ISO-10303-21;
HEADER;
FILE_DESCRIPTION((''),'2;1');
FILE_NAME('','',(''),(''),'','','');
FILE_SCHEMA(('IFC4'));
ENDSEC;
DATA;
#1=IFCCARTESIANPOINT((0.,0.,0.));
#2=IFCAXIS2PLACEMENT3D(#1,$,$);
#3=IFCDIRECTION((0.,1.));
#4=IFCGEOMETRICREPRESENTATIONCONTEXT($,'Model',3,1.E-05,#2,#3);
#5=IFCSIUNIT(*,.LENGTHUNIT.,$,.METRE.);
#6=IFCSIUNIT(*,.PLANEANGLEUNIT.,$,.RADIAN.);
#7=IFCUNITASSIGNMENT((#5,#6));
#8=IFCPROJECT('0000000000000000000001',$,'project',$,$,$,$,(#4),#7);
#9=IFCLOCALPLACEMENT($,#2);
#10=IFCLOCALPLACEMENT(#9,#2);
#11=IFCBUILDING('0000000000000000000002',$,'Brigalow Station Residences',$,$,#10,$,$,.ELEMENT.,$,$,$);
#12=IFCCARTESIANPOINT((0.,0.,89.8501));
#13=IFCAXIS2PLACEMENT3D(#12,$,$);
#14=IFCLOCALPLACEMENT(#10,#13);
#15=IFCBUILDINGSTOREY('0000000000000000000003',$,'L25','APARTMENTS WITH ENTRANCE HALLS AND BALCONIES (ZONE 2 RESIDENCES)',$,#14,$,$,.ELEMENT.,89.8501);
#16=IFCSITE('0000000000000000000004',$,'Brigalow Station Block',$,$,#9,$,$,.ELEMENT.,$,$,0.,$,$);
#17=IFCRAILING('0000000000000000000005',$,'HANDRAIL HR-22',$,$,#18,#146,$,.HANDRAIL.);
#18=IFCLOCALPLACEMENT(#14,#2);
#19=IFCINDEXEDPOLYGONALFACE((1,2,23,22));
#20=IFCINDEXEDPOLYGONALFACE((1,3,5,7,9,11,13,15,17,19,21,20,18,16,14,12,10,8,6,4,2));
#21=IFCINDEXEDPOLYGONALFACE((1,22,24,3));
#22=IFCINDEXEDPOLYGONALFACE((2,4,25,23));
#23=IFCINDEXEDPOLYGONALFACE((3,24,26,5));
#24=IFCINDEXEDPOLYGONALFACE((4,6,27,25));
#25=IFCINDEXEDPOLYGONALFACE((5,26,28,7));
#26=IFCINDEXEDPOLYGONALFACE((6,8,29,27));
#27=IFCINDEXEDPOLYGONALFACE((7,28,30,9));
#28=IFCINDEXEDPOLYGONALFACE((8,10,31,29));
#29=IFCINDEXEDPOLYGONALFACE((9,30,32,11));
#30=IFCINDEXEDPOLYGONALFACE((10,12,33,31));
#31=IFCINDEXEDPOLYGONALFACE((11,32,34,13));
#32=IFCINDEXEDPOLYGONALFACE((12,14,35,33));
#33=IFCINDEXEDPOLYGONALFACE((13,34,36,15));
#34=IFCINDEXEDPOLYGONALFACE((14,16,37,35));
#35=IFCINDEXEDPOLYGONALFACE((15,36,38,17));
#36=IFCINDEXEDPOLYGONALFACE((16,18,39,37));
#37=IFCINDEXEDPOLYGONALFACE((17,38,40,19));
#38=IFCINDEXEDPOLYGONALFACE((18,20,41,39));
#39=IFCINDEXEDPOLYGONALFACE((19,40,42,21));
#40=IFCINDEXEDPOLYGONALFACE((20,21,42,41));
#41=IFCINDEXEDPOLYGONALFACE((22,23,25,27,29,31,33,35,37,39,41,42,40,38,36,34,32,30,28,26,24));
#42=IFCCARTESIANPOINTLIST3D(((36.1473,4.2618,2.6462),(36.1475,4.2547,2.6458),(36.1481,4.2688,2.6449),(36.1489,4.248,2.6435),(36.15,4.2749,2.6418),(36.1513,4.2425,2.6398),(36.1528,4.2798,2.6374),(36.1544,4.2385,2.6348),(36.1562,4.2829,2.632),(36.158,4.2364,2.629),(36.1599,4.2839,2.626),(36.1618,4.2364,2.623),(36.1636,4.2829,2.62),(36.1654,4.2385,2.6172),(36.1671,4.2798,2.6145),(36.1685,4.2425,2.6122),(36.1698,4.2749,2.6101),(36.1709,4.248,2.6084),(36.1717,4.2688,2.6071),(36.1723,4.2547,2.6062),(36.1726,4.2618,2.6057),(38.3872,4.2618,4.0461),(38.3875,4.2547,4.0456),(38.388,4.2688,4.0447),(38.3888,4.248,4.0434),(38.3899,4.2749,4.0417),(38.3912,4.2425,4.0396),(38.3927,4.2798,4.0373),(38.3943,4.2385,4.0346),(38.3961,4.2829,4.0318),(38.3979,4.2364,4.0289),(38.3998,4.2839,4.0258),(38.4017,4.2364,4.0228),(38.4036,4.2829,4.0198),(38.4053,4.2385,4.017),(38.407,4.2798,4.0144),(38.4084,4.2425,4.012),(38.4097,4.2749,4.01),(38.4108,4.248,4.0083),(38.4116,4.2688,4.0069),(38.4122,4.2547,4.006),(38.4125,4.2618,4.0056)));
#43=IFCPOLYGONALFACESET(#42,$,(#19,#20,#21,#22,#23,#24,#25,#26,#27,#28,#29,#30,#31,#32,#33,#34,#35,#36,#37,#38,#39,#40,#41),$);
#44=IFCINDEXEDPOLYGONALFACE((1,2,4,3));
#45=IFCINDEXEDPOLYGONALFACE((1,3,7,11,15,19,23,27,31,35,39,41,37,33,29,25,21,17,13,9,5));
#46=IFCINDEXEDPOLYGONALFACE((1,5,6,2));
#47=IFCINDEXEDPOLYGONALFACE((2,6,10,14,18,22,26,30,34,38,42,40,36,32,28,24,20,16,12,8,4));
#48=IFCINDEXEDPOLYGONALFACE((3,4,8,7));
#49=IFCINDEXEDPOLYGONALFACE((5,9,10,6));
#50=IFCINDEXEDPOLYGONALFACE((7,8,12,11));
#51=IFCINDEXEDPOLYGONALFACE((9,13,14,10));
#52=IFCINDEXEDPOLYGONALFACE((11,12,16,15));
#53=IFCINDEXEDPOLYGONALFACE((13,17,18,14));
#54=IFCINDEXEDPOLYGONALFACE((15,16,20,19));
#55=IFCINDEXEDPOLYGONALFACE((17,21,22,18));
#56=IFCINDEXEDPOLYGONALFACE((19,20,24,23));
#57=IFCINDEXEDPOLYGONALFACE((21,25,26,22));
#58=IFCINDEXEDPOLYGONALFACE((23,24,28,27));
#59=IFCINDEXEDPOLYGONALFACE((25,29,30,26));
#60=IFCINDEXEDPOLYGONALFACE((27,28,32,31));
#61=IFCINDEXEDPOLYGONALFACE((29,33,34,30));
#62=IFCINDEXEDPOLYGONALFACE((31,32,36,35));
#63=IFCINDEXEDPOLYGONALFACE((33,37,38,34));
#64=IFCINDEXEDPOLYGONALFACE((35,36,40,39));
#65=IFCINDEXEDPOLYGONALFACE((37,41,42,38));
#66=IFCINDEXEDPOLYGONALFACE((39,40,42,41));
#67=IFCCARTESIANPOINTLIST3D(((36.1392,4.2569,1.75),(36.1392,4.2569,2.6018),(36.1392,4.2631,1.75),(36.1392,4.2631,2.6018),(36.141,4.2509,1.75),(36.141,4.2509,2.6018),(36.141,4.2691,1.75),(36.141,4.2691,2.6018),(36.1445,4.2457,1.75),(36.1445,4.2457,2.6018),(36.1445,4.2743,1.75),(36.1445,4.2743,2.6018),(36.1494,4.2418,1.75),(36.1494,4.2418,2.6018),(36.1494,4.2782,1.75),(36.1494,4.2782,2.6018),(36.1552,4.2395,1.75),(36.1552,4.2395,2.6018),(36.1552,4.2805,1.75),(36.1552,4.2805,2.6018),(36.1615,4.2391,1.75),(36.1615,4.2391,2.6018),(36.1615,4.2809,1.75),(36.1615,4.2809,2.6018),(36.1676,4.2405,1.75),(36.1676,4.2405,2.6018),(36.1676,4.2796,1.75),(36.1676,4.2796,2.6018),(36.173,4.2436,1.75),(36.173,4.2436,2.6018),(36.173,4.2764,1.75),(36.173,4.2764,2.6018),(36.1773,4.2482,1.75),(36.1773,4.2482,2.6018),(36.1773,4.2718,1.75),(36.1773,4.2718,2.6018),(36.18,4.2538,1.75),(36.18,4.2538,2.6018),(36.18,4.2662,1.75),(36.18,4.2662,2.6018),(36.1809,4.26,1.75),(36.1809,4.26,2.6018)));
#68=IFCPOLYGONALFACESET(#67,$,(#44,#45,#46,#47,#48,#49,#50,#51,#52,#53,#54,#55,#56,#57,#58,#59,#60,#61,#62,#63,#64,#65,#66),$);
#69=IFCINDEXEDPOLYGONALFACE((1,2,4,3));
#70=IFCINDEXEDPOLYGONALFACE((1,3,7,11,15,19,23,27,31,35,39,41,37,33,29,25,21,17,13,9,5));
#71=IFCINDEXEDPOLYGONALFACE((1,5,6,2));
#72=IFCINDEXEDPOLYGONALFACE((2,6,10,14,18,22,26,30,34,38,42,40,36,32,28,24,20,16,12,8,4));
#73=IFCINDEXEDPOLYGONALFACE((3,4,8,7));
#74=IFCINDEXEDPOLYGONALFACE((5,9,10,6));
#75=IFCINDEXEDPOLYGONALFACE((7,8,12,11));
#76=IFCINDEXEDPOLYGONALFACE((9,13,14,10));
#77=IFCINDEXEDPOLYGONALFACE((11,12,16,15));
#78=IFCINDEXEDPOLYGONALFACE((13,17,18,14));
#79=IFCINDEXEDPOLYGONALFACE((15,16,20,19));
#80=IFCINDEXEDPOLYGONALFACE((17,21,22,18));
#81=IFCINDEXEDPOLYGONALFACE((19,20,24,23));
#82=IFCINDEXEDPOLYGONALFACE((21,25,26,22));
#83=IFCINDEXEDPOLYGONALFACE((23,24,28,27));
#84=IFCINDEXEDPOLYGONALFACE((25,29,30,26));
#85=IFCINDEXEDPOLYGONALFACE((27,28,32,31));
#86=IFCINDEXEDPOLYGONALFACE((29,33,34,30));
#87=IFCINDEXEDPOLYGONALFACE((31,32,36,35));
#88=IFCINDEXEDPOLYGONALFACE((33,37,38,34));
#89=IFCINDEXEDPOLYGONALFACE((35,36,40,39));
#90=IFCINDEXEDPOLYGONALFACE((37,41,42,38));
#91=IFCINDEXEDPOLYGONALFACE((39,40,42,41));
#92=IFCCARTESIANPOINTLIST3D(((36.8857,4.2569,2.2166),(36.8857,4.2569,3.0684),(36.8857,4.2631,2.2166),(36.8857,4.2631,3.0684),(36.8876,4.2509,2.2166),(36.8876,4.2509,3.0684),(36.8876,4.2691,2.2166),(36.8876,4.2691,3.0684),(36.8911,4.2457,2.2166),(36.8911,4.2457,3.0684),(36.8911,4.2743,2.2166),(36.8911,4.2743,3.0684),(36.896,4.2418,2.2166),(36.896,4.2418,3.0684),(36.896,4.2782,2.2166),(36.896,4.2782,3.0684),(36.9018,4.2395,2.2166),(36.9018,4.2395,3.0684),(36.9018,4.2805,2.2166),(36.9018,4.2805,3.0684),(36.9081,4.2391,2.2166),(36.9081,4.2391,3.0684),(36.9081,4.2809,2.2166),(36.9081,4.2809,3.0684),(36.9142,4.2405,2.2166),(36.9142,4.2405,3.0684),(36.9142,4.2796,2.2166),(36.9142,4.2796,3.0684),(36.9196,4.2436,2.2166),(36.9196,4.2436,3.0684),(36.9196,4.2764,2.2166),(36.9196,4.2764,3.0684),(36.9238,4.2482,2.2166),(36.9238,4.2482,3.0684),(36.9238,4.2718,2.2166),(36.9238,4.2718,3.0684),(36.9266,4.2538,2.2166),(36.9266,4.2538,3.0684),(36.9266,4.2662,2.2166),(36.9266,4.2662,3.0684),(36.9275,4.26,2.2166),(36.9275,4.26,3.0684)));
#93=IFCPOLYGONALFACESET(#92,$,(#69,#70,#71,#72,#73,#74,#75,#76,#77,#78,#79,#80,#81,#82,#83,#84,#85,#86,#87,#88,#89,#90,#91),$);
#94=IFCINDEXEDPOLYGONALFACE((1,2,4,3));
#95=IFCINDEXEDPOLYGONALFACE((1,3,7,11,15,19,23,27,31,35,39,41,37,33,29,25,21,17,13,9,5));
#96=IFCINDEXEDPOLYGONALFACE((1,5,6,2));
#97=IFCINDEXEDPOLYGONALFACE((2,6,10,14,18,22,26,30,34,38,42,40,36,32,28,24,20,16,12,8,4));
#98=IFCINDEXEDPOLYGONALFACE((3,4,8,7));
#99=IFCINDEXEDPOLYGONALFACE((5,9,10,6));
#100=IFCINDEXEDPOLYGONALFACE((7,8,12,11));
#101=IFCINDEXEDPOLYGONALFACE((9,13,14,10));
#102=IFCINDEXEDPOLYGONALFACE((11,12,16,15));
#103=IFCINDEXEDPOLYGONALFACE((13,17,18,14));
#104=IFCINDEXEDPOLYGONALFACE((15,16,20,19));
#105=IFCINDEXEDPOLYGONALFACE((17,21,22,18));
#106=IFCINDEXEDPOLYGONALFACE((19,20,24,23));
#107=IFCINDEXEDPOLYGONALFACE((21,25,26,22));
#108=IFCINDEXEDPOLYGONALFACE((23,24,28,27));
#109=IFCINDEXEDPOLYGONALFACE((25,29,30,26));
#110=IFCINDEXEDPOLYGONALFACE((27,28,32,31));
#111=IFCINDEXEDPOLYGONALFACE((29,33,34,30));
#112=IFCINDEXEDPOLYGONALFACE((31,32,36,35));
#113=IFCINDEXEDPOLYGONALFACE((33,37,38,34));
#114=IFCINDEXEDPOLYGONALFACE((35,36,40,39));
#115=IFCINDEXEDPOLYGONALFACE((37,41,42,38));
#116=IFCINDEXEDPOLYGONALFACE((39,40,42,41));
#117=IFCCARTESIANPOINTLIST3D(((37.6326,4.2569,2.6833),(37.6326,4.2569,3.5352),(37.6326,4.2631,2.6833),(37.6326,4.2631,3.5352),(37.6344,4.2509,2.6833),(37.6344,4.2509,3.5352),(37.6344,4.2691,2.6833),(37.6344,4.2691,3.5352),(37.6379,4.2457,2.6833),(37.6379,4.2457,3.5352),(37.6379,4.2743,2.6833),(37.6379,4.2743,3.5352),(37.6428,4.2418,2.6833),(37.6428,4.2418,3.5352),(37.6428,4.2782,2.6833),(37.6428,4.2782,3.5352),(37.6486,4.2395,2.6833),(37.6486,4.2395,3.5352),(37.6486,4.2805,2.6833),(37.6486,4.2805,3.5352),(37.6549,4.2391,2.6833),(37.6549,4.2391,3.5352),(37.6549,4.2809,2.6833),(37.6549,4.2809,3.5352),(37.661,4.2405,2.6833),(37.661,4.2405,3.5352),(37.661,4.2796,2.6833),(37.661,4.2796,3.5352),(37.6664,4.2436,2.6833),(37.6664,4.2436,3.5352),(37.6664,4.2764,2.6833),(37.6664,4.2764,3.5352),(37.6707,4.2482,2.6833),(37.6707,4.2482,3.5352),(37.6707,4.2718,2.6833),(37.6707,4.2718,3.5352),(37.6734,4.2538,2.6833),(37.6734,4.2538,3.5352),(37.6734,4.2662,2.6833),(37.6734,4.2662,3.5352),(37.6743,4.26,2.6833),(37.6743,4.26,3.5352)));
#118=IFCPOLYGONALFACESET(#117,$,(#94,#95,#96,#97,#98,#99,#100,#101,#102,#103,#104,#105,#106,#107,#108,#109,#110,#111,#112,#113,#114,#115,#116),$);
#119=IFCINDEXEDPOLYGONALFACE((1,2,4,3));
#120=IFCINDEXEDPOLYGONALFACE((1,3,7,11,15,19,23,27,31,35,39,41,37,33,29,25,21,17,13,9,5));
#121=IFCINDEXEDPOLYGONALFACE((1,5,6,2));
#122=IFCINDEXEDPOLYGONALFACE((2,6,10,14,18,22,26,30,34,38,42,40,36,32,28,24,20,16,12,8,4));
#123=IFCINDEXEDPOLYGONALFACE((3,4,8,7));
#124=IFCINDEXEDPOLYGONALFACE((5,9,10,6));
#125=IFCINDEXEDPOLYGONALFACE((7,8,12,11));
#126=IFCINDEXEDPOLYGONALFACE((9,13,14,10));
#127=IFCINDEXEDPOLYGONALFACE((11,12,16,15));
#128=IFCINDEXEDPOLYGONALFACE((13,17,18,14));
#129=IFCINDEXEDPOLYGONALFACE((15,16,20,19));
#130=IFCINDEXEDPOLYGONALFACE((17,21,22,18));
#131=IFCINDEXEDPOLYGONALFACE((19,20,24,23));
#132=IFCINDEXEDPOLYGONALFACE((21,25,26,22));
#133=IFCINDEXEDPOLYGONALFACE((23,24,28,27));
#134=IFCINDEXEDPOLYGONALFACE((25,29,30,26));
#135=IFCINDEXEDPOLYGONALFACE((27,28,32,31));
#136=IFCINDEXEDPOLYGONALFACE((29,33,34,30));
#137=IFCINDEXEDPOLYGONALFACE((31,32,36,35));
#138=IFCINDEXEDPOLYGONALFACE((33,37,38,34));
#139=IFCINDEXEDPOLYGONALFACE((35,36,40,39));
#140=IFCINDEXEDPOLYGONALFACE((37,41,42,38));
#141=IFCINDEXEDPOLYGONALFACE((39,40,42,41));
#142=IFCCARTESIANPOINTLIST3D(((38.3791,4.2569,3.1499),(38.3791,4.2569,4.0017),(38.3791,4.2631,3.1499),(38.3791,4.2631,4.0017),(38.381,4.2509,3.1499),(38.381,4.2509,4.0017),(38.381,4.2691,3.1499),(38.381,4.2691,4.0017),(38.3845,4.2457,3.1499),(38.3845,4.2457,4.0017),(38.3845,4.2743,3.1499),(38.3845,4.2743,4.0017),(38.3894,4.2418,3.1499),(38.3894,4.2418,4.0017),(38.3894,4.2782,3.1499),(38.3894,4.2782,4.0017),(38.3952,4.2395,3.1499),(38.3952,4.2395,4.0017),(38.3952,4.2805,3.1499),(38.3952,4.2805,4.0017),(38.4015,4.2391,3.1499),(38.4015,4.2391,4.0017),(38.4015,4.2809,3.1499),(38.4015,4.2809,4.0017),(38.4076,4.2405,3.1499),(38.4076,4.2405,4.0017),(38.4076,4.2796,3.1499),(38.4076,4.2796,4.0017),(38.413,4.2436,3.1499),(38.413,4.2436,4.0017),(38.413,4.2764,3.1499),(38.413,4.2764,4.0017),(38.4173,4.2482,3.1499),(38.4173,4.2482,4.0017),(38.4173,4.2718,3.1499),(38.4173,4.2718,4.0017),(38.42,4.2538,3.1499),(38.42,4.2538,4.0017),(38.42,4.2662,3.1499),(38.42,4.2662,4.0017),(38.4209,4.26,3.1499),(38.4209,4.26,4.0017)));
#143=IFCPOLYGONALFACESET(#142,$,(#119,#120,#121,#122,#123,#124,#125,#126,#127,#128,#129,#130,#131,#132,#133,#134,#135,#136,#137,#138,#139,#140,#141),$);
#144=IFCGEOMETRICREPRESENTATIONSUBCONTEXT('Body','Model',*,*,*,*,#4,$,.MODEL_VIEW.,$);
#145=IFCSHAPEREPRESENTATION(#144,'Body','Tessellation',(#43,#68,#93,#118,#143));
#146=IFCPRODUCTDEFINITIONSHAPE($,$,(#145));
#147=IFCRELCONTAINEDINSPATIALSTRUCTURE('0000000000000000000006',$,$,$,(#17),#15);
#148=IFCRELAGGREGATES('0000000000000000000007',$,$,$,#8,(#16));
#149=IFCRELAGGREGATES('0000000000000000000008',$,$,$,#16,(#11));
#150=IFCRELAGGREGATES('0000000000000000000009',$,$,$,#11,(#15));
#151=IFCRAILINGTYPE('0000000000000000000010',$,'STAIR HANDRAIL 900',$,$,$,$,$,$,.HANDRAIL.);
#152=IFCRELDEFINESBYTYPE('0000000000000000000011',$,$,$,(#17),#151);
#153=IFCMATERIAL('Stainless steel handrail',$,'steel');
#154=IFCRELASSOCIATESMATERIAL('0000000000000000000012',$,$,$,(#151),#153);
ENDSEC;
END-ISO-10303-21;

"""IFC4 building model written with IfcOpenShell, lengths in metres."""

from ifc_helpers import new_model, si_unit, direction, frame, origin, origin_2d, place, context, subcontext, project, spatial, circle, extrude, material, type_object, element, save


model = new_model("IFC4")

# Units and contexts
model_context = context("Model", 3, precision=1e-05, world=origin(), true_north=direction((0.0, 1.0)))
body_context = subcontext(model_context, "Body", "Model", "MODEL_VIEW")
ifc_project = project(units=[si_unit("LENGTHUNIT", "METRE"), si_unit("PLANEANGLEUNIT", "RADIAN")], contexts=[model_context])

# Site, building, storey
site_placement = place(None, origin())
site = spatial("IfcSite", under=ifc_project, at=site_placement, Name="Brigalow Station Block", CompositionType="ELEMENT", RefElevation=0.0)
building_placement = place(site_placement, origin())
building = spatial("IfcBuilding", under=site, at=building_placement, Name="Brigalow Station Residences", CompositionType="ELEMENT")
storey_placement = place(building_placement, frame((0.0, 0.0, 89.8501)))
storey = spatial("IfcBuildingStorey", under=building, at=storey_placement, Name="L25", Description="APARTMENTS WITH ENTRANCE HALLS AND BALCONIES (ZONE 2 RESIDENCES)", CompositionType="ELEMENT", Elevation=89.8501)

# Railing
ifc_material_1 = material(Name="Stainless steel handrail", Category="steel")
railing_type = type_object("IfcRailingType", Name="STAIR HANDRAIL 900", PredefinedType="HANDRAIL", material=ifc_material_1)
railing_placement = place(storey_placement, frame((36.1599, 4.26, 1.75)))
element("IfcRailing", 1, at=railing_placement, inside=storey, type_object=railing_type, Name="HANDRAIL HR-22", PredefinedType="HANDRAIL", context=body_context, shape_type="SweptSolid", body=[
    extrude(circle(Radius=0.0239, at=origin_2d()), frame((0.0, 0.0, 0.876), z_axis=(0.848014, 0.0, 0.529974), x_axis=(0.0, 1.0, 0.0)), (0.0, 0.0, 1.0), 2.6414),
    extrude(circle(Radius=0.021, at=origin_2d()), origin(), (0.0, 0.0, 1.0), 0.8518),
    extrude(circle(Radius=0.021, at=origin_2d()), frame((0.7466, 0.0, 0.4666)), (0.0, 0.0, 1.0), 0.8518),
    extrude(circle(Radius=0.021, at=origin_2d()), frame((1.4934, 0.0, 0.9333)), (0.0, 0.0, 1.0), 0.8518),
    extrude(circle(Radius=0.021, at=origin_2d()), frame((2.24, 0.0, 1.3999)), (0.0, 0.0, 1.0), 0.8518),
])

save(model, "model.ifc")
